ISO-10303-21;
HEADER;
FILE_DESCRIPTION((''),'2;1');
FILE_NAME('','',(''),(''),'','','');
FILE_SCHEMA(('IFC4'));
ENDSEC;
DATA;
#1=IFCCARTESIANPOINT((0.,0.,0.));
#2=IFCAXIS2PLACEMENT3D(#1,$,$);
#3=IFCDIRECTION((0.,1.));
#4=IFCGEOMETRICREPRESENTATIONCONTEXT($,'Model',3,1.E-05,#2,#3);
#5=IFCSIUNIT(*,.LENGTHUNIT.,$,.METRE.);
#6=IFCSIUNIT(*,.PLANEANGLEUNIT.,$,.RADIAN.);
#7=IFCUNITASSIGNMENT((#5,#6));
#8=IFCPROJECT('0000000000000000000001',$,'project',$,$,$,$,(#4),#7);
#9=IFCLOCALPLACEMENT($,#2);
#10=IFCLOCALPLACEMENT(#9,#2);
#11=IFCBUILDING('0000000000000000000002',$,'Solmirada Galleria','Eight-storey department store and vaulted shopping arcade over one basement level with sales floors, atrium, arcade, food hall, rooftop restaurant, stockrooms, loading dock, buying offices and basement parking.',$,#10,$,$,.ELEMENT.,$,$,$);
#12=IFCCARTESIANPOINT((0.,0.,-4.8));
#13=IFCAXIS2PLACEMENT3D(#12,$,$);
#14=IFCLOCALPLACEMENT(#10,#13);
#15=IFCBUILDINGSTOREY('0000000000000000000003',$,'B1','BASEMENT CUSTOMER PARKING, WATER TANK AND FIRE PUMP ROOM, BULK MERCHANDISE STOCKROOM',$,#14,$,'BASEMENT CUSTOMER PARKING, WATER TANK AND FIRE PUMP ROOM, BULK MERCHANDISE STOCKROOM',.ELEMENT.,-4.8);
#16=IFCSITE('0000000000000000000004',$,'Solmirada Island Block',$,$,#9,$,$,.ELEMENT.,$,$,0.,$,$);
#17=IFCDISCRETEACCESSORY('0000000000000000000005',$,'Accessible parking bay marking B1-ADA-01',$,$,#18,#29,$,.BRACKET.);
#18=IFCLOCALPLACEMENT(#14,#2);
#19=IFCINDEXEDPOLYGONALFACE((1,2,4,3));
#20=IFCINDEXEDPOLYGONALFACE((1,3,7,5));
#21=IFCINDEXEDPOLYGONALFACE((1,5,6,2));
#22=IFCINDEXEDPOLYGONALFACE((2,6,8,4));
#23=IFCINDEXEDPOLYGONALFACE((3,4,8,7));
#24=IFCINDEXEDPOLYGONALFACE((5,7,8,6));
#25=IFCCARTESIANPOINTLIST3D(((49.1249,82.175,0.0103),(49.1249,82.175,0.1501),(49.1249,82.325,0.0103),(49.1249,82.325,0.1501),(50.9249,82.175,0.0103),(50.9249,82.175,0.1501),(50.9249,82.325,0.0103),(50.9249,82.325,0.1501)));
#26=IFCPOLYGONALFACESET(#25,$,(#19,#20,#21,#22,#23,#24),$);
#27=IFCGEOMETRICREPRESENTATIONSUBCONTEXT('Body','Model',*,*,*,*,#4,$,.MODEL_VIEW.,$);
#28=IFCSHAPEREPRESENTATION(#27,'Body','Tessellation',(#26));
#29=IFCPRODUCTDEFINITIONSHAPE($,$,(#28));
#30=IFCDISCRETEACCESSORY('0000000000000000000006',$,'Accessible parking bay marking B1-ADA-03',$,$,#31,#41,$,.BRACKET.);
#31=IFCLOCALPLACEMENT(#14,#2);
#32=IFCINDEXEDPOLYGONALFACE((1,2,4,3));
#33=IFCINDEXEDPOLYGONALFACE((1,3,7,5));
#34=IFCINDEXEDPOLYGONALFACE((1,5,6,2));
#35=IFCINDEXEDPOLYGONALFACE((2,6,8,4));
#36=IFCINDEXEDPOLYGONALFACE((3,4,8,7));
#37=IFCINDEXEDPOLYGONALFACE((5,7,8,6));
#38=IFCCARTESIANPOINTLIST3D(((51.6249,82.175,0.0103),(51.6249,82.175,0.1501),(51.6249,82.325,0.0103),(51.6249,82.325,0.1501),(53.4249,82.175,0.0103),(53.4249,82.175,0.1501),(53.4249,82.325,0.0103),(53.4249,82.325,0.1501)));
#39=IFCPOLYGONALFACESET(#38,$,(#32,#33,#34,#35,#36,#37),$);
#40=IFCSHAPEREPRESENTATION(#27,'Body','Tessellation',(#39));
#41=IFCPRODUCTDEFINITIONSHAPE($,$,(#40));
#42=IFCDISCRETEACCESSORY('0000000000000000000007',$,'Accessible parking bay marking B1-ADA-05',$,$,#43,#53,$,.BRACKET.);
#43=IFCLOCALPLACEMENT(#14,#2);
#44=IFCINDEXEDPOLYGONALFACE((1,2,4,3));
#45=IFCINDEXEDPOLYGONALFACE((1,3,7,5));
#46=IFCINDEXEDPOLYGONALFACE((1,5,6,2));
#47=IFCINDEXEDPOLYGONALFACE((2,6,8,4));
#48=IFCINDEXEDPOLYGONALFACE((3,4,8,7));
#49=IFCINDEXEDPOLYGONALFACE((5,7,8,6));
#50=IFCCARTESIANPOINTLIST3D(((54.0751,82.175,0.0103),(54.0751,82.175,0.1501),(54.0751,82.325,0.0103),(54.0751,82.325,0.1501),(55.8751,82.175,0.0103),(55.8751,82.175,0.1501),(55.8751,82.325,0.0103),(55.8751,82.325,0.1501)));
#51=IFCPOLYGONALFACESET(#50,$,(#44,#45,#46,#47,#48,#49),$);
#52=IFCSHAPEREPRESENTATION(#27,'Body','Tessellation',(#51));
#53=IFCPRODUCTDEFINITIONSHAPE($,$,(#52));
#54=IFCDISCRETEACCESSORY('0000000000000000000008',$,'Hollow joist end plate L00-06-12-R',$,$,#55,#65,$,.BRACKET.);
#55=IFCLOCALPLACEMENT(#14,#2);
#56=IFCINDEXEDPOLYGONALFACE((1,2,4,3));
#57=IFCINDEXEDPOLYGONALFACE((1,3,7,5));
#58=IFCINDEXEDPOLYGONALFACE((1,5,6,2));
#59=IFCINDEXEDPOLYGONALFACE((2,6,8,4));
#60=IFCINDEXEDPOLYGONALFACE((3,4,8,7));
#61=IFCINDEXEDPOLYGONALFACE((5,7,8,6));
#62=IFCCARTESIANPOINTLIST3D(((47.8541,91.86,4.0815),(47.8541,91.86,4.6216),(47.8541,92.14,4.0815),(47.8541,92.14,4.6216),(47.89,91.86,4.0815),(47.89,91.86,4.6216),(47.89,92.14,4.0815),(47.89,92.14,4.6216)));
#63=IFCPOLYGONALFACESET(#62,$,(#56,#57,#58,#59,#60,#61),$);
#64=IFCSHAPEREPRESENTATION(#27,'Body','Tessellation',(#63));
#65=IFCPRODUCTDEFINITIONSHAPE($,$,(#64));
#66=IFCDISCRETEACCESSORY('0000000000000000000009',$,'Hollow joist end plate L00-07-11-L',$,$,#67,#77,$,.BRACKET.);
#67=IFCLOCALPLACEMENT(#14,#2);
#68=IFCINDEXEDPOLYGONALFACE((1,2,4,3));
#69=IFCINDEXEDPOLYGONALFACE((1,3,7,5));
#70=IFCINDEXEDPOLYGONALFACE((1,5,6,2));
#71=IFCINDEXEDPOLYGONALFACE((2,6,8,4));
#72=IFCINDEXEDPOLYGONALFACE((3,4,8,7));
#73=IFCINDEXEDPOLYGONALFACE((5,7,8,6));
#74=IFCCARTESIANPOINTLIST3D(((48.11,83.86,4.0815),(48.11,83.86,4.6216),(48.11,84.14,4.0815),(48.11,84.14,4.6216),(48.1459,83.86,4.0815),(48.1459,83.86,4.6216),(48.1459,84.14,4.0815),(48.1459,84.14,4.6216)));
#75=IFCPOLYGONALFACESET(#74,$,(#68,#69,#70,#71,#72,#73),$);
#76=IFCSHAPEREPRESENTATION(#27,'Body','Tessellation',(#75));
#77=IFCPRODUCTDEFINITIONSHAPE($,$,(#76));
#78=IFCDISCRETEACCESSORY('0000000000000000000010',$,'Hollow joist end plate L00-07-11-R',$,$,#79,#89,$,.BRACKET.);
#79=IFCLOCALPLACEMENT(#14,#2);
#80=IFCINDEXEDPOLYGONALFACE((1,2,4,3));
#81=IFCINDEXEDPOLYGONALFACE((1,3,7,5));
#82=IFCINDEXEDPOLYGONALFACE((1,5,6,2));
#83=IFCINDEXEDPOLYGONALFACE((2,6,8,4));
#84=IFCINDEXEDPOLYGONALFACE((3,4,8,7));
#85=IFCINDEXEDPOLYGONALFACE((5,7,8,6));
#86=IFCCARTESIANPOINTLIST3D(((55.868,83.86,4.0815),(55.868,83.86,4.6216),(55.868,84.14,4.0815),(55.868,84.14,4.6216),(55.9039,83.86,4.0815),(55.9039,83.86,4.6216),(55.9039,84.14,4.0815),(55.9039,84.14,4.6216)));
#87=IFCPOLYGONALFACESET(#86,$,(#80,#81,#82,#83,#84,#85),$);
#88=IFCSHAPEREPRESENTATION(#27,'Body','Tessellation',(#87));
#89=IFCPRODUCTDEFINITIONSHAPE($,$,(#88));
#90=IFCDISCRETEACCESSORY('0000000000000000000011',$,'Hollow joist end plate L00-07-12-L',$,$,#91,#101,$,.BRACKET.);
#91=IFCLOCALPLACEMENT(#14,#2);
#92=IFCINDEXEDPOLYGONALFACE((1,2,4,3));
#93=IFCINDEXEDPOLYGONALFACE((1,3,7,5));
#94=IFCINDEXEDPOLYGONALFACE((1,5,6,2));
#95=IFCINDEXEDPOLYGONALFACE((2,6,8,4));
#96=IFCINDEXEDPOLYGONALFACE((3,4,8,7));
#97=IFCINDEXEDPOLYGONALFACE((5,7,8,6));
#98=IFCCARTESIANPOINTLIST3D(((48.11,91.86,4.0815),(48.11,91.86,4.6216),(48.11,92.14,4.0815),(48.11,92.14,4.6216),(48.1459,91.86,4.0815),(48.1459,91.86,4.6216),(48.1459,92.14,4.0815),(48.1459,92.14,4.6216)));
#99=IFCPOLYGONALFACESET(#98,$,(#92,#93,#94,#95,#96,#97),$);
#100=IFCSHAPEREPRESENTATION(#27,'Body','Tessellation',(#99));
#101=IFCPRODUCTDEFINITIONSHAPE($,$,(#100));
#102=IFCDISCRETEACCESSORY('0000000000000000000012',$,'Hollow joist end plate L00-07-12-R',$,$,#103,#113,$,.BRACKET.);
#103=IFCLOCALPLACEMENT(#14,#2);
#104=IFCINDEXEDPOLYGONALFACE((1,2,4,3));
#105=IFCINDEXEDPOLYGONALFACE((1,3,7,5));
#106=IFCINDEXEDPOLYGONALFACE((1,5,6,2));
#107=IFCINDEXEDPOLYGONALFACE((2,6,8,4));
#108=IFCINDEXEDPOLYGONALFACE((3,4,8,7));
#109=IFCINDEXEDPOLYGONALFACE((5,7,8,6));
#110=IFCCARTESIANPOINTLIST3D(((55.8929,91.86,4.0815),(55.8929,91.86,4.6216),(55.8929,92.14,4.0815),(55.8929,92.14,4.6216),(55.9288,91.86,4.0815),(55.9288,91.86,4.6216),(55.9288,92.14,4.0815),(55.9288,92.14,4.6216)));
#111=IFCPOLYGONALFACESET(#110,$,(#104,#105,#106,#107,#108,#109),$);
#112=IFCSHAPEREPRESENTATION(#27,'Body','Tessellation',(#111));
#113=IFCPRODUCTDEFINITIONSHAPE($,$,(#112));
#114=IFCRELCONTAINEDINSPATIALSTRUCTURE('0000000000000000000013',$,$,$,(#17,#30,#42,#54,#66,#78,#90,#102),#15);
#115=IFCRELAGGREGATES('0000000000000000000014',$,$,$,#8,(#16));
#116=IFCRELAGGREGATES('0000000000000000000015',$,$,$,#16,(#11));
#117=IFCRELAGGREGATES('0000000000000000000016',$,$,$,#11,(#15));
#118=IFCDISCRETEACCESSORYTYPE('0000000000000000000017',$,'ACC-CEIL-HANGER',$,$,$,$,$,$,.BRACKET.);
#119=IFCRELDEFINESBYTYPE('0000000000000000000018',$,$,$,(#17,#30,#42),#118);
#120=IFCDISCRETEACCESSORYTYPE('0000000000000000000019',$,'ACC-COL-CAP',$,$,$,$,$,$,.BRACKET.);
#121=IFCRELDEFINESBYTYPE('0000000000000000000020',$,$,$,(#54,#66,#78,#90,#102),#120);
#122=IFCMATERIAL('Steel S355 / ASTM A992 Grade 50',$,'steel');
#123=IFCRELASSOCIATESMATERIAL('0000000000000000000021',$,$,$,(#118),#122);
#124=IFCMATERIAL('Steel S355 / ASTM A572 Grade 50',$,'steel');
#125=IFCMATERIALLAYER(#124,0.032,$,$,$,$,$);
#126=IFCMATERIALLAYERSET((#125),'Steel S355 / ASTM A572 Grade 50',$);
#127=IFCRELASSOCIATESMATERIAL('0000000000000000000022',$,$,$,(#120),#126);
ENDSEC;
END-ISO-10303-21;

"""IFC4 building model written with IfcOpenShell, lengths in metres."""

from ifc_helpers import new_model, si_unit, direction, frame, origin, origin_2d, place, context, subcontext, project, spatial, rectangle, extrude, material, layer, layer_set, type_object, element, save


model = new_model("IFC4")

# Units and contexts
model_context = context("Model", 3, precision=1e-05, world=origin(), true_north=direction((0.0, 1.0)))
body_context = subcontext(model_context, "Body", "Model", "MODEL_VIEW")
ifc_project = project(units=[si_unit("LENGTHUNIT", "METRE"), si_unit("PLANEANGLEUNIT", "RADIAN")], contexts=[model_context])

# Site, building, storey
site_placement = place(None, origin())
site = spatial("IfcSite", under=ifc_project, at=site_placement, Name="Solmirada Island Block", CompositionType="ELEMENT", RefElevation=0.0)
building_placement = place(site_placement, origin())
building = spatial("IfcBuilding", under=site, at=building_placement, Name="Solmirada Galleria", Description="Eight-storey department store and vaulted shopping arcade over one basement level with sales floors, atrium, arcade, food hall, rooftop restaurant, stockrooms, loading dock, buying offices and basement parking.", CompositionType="ELEMENT")
storey_placement = place(building_placement, frame((0.0, 0.0, -4.8)))
storey = spatial("IfcBuildingStorey", under=building, at=storey_placement, Name="B1", Description="BASEMENT CUSTOMER PARKING, WATER TANK AND FIRE PUMP ROOM, BULK MERCHANDISE STOCKROOM", LongName="BASEMENT CUSTOMER PARKING, WATER TANK AND FIRE PUMP ROOM, BULK MERCHANDISE STOCKROOM", CompositionType="ELEMENT", Elevation=-4.8)

# Shared definitions
ifc_material_1 = material(Name="Steel S355 / ASTM A992 Grade 50", Category="steel")

# Discrete accessories
discrete_accessory_type_1 = type_object("IfcDiscreteAccessoryType", Name="ACC-CEIL-HANGER", PredefinedType="BRACKET", material=ifc_material_1)
for number, where, z_axis, x_axis, name in (
    (1, (50.0249, 82.25, 0.0103), (0.0, 0.0, 1.0), (1.0, 0.0, 0.0), "Accessible parking bay marking B1-ADA-01"),
    (2, (52.5249, 82.25, 0.0103), (0.0, 0.0, 1.0), (1.0, 0.0, 0.0), "Accessible parking bay marking B1-ADA-03"),
    (3, (54.9751, 82.25, 0.0103), (0.0, 0.0, 1.0), (1.0, 0.0, 0.0), "Accessible parking bay marking B1-ADA-05"),
):
    element("IfcDiscreteAccessory", number, at=place(storey_placement, frame(where, z_axis=z_axis, x_axis=x_axis)), inside=storey, type_object=discrete_accessory_type_1, Name=name, PredefinedType="BRACKET", context=body_context, shape_type="SweptSolid", body=[
        extrude(rectangle(XDim=1.8, YDim=0.1499, at=origin_2d()), origin(), (0.0, 0.0, 1.0), 0.1399),
    ])
ifc_material_2 = material(Name="Steel S355 / ASTM A572 Grade 50", Category="steel")
ifc_layer = layer(ifc_material_2, 0.032)
ifc_layer_set = layer_set([ifc_layer], Name="Steel S355 / ASTM A572 Grade 50")
discrete_accessory_type_2 = type_object("IfcDiscreteAccessoryType", Name="ACC-COL-CAP", PredefinedType="BRACKET", material=ifc_layer_set)
for number, where, z_axis, x_axis, name in (
    (4, (47.8721, 92.0, 4.0815), (0.0, 0.0, 1.0), (1.0, 0.0, 0.0), "Hollow joist end plate L00-06-12-R"),
    (5, (48.1279, 84.0, 4.0815), (0.0, 0.0, 1.0), (1.0, 0.0, 0.0), "Hollow joist end plate L00-07-11-L"),
    (6, (55.886, 84.0, 4.0815), (0.0, 0.0, 1.0), (1.0, 0.0, 0.0), "Hollow joist end plate L00-07-11-R"),
    (7, (48.1279, 92.0, 4.0815), (0.0, 0.0, 1.0), (1.0, 0.0, 0.0), "Hollow joist end plate L00-07-12-L"),
    (8, (55.9109, 92.0, 4.0815), (0.0, 0.0, 1.0), (1.0, 0.0, 0.0), "Hollow joist end plate L00-07-12-R"),
):
    element("IfcDiscreteAccessory", number, at=place(storey_placement, frame(where, z_axis=z_axis, x_axis=x_axis)), inside=storey, type_object=discrete_accessory_type_2, Name=name, PredefinedType="BRACKET", context=body_context, shape_type="SweptSolid", body=[
        extrude(rectangle(XDim=0.0359, YDim=0.28, at=origin_2d()), origin(), (0.0, 0.0, 1.0), 0.54),
    ])

save(model, "model.ifc")
